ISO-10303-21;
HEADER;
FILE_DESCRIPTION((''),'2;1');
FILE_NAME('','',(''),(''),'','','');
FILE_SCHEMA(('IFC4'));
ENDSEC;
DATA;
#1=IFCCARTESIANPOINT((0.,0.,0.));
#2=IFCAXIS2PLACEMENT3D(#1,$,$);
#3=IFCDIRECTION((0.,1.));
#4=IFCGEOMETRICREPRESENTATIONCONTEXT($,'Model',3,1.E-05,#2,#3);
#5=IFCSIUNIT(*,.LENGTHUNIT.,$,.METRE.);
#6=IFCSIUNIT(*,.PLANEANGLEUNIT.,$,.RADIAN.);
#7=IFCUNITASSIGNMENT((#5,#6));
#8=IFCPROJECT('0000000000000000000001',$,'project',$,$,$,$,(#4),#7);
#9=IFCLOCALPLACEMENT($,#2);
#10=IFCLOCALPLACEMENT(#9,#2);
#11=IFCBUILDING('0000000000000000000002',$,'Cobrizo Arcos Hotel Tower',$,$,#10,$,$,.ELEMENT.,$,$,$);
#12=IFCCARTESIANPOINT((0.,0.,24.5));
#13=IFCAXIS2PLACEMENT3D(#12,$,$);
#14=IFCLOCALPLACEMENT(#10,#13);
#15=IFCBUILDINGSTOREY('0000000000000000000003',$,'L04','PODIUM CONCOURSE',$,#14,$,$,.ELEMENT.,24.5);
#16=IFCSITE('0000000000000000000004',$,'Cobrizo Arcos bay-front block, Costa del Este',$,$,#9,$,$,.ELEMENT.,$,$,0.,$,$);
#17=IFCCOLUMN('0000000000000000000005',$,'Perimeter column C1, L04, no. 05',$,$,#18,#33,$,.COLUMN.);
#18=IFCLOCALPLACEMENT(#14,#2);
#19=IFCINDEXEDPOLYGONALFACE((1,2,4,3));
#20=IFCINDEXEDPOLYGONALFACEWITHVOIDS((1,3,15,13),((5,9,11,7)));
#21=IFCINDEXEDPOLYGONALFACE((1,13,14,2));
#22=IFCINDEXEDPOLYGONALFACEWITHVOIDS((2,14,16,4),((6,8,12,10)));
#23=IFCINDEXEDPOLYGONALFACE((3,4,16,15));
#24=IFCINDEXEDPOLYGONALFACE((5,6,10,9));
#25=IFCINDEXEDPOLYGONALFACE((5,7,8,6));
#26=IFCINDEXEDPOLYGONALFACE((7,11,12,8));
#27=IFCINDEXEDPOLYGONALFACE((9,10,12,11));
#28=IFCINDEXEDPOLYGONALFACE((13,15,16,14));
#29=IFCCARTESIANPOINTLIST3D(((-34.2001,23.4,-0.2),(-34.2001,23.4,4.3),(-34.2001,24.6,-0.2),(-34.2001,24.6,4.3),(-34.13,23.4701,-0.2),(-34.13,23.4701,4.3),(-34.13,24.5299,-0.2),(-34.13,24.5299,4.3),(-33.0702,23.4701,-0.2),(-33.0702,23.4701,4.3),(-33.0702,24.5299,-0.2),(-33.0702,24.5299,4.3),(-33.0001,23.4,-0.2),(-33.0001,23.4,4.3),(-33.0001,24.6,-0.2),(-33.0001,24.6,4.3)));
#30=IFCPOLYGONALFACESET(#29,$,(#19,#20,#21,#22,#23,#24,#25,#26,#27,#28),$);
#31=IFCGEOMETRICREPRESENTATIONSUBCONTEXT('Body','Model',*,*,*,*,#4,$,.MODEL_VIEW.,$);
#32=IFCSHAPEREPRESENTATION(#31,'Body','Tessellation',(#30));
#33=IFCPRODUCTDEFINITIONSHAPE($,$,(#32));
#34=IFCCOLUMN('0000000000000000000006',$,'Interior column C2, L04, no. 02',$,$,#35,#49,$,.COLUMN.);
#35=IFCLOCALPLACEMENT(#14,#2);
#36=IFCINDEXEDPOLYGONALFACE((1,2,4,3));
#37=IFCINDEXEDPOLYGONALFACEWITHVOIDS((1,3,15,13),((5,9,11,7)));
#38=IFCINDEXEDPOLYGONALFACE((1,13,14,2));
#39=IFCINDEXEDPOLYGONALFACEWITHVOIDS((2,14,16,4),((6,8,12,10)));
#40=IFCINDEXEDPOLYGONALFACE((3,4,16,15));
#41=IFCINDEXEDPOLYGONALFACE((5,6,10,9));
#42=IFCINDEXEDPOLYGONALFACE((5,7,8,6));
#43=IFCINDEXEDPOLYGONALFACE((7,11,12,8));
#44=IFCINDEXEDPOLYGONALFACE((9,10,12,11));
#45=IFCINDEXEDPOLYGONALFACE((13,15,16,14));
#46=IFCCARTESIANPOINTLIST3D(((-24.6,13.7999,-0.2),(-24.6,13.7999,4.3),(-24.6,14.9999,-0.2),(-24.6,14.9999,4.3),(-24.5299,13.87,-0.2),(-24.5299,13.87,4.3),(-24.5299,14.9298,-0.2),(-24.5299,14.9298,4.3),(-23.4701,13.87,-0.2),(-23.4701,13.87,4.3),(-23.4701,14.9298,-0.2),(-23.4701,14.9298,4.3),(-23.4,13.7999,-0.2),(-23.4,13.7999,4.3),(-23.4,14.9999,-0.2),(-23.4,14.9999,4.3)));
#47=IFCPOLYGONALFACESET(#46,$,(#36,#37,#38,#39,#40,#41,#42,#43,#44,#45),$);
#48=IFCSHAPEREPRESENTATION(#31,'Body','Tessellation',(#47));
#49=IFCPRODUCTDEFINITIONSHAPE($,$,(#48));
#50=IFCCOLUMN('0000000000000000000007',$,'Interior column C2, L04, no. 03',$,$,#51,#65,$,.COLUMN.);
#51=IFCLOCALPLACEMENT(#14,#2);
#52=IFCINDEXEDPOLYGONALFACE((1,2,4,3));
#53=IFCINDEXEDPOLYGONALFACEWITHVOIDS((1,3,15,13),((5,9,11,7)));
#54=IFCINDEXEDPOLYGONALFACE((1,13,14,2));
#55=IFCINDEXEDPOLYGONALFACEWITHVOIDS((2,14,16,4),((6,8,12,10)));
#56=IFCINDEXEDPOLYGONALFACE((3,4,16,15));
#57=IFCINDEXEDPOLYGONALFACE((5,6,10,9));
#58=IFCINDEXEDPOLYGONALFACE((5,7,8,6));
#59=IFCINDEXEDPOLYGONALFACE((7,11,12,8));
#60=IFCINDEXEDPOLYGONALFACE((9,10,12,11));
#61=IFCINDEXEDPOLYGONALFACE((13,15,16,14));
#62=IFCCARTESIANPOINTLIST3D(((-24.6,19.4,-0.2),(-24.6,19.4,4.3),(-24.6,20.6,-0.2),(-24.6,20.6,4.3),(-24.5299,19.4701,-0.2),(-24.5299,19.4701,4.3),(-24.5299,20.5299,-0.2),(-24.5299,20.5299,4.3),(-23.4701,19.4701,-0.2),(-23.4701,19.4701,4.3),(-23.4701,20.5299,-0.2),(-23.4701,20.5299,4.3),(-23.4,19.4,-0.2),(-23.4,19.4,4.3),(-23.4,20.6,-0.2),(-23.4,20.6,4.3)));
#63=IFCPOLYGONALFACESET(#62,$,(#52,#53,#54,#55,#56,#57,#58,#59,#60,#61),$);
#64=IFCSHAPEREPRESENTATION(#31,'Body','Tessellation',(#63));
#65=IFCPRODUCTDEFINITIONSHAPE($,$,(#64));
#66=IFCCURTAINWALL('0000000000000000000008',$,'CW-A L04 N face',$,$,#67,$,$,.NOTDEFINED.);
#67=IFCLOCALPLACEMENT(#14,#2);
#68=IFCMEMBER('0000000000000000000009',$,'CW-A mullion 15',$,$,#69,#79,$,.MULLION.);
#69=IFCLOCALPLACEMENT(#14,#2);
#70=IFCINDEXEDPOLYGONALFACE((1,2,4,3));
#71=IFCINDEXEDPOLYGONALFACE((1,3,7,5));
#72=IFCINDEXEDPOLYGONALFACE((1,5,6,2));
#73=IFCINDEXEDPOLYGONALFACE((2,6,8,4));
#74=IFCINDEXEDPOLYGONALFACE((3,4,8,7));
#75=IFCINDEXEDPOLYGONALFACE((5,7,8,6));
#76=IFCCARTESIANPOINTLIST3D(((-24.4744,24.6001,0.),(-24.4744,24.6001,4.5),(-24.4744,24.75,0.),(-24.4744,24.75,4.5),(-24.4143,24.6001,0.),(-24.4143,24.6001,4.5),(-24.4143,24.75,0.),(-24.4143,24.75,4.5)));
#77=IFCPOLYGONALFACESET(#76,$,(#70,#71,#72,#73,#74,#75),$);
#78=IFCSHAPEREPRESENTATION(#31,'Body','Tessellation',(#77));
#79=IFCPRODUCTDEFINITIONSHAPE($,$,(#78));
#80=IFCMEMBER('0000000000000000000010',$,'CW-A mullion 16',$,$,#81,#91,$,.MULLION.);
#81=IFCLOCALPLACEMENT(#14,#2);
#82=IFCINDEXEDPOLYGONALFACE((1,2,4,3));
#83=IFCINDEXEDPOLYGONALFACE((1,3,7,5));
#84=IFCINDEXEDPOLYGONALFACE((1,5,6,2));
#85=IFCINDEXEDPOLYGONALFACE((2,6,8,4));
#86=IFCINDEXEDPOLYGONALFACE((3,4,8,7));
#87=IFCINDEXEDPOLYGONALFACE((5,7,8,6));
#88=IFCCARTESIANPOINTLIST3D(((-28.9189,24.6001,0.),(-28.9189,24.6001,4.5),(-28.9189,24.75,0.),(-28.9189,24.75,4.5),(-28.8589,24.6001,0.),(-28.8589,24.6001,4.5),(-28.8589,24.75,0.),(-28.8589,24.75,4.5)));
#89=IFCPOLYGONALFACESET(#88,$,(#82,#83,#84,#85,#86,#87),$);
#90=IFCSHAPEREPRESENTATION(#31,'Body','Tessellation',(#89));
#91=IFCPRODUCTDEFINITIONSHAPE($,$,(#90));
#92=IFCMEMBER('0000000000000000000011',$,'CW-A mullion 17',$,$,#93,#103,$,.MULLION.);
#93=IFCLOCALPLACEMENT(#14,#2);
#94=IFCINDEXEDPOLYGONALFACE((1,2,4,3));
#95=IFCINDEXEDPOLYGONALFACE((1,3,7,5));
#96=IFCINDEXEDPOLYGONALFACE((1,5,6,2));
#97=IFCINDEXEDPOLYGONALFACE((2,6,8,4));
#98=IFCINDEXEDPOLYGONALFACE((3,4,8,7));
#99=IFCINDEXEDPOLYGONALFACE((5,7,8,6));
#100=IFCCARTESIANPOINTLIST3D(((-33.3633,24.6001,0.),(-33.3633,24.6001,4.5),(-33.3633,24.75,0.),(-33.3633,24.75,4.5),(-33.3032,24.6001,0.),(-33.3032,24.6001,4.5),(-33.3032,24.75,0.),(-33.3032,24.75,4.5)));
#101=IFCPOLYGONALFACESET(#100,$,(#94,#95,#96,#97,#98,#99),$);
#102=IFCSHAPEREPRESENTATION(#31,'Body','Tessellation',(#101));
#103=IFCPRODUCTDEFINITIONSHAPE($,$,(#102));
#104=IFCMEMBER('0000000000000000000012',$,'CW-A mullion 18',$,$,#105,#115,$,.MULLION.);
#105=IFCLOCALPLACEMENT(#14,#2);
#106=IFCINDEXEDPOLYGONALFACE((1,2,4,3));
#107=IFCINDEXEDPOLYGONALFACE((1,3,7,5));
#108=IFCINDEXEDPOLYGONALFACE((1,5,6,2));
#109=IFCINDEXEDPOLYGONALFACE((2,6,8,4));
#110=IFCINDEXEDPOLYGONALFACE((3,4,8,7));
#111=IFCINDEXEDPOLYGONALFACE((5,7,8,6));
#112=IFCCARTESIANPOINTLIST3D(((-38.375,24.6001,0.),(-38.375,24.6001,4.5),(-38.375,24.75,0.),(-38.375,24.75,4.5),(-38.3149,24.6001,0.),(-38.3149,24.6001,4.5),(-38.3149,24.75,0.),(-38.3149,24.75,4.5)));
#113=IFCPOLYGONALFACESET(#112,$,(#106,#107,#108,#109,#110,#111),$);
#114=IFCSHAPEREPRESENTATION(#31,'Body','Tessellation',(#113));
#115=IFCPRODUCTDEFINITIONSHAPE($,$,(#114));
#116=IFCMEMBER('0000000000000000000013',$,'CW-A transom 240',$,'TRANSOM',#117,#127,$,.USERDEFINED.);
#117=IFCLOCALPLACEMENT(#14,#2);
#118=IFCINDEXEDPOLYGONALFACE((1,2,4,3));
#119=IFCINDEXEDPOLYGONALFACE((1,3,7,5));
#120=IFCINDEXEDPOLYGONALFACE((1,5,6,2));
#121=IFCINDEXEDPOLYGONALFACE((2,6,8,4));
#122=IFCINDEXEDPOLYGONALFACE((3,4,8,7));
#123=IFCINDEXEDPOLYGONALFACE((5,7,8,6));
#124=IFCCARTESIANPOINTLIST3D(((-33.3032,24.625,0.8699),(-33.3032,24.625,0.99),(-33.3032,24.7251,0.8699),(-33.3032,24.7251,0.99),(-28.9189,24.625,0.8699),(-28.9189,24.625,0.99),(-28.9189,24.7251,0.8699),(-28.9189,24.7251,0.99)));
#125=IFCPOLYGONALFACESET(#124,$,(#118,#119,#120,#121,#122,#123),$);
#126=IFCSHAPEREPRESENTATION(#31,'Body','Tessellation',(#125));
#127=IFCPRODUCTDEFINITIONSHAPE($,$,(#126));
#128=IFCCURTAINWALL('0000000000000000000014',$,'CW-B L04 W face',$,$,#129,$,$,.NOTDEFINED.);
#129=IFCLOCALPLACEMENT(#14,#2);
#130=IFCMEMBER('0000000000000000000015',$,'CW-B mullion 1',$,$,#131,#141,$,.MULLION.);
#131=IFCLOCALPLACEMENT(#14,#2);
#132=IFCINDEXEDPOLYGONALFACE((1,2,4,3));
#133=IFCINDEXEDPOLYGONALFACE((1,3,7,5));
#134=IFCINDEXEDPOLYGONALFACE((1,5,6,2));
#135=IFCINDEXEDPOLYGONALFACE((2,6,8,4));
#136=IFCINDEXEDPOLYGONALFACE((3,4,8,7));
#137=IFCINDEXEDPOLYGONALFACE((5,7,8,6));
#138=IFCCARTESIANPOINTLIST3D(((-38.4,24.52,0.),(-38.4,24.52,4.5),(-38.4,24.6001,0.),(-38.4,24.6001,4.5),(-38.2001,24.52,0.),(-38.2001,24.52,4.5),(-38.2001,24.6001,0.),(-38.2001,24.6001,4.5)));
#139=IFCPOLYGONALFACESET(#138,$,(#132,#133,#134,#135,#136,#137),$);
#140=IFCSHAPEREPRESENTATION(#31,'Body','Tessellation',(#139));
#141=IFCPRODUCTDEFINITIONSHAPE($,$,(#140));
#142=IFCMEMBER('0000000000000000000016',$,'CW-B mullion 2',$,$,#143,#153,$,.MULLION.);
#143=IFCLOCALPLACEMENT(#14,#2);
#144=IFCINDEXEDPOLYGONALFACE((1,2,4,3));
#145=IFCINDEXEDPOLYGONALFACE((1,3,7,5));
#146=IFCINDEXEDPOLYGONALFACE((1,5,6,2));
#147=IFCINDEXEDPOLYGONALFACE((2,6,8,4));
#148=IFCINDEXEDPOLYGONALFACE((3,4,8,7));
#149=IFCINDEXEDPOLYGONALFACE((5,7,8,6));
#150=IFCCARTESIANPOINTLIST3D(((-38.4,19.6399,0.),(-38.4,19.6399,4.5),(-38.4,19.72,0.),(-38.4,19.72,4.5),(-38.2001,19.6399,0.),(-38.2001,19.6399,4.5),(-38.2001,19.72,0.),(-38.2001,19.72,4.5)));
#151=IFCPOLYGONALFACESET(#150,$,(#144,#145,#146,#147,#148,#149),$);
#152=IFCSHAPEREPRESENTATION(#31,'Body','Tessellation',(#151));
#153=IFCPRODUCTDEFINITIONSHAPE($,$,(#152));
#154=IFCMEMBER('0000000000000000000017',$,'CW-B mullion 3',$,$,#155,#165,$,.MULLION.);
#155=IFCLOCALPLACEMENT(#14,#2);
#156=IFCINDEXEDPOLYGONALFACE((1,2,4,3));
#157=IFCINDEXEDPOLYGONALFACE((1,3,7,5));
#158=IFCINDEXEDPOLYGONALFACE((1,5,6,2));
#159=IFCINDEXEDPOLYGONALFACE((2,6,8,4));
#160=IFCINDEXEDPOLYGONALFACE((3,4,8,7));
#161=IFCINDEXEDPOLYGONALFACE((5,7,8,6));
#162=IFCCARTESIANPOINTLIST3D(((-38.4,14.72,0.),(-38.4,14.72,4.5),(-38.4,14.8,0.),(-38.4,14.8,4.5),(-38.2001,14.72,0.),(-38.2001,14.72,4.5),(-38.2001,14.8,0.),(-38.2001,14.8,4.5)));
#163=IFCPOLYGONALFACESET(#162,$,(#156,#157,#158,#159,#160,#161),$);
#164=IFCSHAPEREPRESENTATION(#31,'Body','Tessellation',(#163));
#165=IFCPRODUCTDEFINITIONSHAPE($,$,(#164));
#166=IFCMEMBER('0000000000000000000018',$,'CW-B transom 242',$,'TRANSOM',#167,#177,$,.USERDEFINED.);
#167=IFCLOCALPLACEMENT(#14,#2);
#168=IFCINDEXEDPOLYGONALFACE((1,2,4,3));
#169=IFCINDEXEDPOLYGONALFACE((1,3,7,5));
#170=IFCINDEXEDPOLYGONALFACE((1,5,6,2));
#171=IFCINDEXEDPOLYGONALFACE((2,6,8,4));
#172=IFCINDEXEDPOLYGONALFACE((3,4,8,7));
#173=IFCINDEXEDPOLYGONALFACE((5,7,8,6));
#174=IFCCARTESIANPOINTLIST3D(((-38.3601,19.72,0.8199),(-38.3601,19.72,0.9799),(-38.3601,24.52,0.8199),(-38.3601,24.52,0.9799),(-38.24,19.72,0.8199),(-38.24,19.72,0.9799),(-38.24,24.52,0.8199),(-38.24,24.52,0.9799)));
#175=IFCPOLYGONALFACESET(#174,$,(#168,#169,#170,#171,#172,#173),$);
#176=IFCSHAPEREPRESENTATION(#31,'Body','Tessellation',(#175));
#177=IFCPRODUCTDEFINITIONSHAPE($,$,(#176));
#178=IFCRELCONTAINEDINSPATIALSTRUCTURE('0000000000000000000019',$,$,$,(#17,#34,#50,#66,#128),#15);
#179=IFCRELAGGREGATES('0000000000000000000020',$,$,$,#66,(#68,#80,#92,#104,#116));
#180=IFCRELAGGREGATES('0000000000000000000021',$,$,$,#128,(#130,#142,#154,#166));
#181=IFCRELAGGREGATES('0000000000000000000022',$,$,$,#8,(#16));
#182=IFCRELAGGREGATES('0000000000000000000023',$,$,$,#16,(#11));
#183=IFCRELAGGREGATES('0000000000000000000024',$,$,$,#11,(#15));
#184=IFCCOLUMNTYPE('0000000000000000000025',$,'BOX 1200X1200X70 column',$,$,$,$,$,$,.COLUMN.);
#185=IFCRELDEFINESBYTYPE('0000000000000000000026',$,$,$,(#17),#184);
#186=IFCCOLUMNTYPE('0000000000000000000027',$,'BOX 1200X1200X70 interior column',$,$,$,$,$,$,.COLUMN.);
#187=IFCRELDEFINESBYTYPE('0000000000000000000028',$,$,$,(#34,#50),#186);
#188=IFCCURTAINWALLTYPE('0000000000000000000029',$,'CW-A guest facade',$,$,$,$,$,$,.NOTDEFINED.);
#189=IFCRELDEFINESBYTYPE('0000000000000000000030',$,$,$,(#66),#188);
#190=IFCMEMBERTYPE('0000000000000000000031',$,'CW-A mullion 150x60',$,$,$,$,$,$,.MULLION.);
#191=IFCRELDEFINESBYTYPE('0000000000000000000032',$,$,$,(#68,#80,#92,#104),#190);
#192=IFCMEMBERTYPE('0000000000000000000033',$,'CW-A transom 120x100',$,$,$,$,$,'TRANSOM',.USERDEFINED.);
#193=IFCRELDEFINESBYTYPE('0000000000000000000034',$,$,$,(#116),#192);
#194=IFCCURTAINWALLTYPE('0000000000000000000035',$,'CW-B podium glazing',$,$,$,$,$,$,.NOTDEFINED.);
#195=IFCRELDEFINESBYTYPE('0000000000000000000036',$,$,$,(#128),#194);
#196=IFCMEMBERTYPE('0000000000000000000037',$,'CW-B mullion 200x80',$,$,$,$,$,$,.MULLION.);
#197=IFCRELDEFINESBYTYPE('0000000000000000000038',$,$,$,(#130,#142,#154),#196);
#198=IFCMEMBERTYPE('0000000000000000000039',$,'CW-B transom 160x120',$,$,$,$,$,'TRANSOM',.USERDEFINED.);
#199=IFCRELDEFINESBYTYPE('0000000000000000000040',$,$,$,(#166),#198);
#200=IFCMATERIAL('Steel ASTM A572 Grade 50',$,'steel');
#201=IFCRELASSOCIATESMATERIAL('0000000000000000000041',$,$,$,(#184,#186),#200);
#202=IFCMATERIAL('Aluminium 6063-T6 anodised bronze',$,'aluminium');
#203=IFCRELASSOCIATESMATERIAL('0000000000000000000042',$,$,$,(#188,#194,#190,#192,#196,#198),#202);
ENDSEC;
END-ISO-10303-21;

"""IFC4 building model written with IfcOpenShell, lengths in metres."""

from ifc_helpers import new_model, si_unit, direction, frame, origin, origin_2d, place, context, subcontext, project, spatial, rectangle, hollow_rectangle, extrude, material, material_profile, profile_set, type_object, element, aggregate, save


model = new_model("IFC4")

# Units and contexts
model_context = context("Model", 3, precision=1e-05, world=origin(), true_north=direction((0.0, 1.0)))
body_context = subcontext(model_context, "Body", "Model", "MODEL_VIEW")
ifc_project = project(units=[si_unit("LENGTHUNIT", "METRE"), si_unit("PLANEANGLEUNIT", "RADIAN")], contexts=[model_context])

# Site, building, storey
site_placement = place(None, origin())
site = spatial("IfcSite", under=ifc_project, at=site_placement, Name="Cobrizo Arcos bay-front block, Costa del Este", CompositionType="ELEMENT", RefElevation=0.0)
building_placement = place(site_placement, origin())
building = spatial("IfcBuilding", under=site, at=building_placement, Name="Cobrizo Arcos Hotel Tower", CompositionType="ELEMENT")
storey_placement = place(building_placement, frame((0.0, 0.0, 24.5)))
storey = spatial("IfcBuildingStorey", under=building, at=storey_placement, Name="L04", Description="PODIUM CONCOURSE", CompositionType="ELEMENT", Elevation=24.5)

# Columns
ifc_material_1 = material(Name="Steel ASTM A572 Grade 50", Category="steel")
ifc_material_profile_1 = material_profile(ifc_material_1, hollow_rectangle(XDim=1.2, YDim=1.2, WallThickness=0.0701, at=origin_2d()), Name="BOX 1200X1200X70")
ifc_profile_set_1 = profile_set([ifc_material_profile_1], Name="Steel ASTM A572 Grade 50")
column_type_1 = type_object("IfcColumnType", Name="BOX 1200X1200X70 column", PredefinedType="COLUMN", material=ifc_profile_set_1)
column_placement = place(storey_placement, frame((-33.6001, 24.0, -0.2), z_axis=(0.0, 0.0, 1.0), x_axis=(1.0, 0.0, 0.0)))
element("IfcColumn", 1, at=column_placement, inside=storey, type_object=column_type_1, Name="Perimeter column C1, L04, no. 05", PredefinedType="COLUMN", context=body_context, shape_type="SweptSolid", body=[
    extrude(hollow_rectangle(XDim=1.2, YDim=1.2, WallThickness=0.0701, at=origin_2d()), origin(), (0.0, 0.0, 1.0), 4.5),
])
ifc_material_profile_2 = material_profile(ifc_material_1, hollow_rectangle(XDim=1.2, YDim=1.2, WallThickness=0.0701, at=origin_2d()), Name="BOX 1200X1200X70")
ifc_profile_set_2 = profile_set([ifc_material_profile_2], Name="Steel ASTM A572 Grade 50")
column_type_2 = type_object("IfcColumnType", Name="BOX 1200X1200X70 interior column", PredefinedType="COLUMN", material=ifc_profile_set_2)
for number, where, z_axis, x_axis, name in (
    (2, (-24.0, 14.3999, -0.2), (0.0, 0.0, 1.0), (1.0, 0.0, 0.0), "Interior column C2, L04, no. 02"),
    (3, (-24.0, 20.0, -0.2), (0.0, 0.0, 1.0), (1.0, 0.0, 0.0), "Interior column C2, L04, no. 03"),
):
    element("IfcColumn", number, at=place(storey_placement, frame(where, z_axis=z_axis, x_axis=x_axis)), inside=storey, type_object=column_type_2, Name=name, PredefinedType="COLUMN", context=body_context, shape_type="SweptSolid", body=[
        extrude(hollow_rectangle(XDim=1.2, YDim=1.2, WallThickness=0.0701, at=origin_2d()), origin(), (0.0, 0.0, 1.0), 4.5),
    ])

# Curtain walls, members
ifc_material_2 = material(Name="Aluminium 6063-T6 anodised bronze", Category="aluminium")
curtain_wall_type_1 = type_object("IfcCurtainWallType", Name="CW-A guest facade", PredefinedType="NOTDEFINED", material=ifc_material_2)
curtain_wall_1_placement = place(storey_placement, origin())
curtain_wall_1 = element("IfcCurtainWall", 4, at=curtain_wall_1_placement, inside=storey, type_object=curtain_wall_type_1, Name="CW-A L04 N face", PredefinedType="NOTDEFINED")
ifc_material_profile_3 = material_profile(ifc_material_2, rectangle(XDim=0.1499, YDim=0.0601, at=origin_2d()), Name="CW-A mullion 150x60")
ifc_profile_set_3 = profile_set([ifc_material_profile_3], Name="Aluminium 6063-T6 anodised bronze")
member_type_1 = type_object("IfcMemberType", Name="CW-A mullion 150x60", PredefinedType="MULLION", material=ifc_profile_set_3)
member_1_placement = place(storey_placement, frame((-24.4443, 24.675, 0.0), z_axis=(0.0, 0.0, 1.0), x_axis=(0.0, 1.0, 0.0)))
member_1 = element("IfcMember", 5, at=member_1_placement, type_object=member_type_1, Name="CW-A mullion 15", PredefinedType="MULLION", context=body_context, shape_type="SweptSolid", body=[
    extrude(rectangle(XDim=0.1499, YDim=0.0601, at=origin_2d()), origin(), (0.0, 0.0, 1.0), 4.5),
])
member_2_placement = place(storey_placement, frame((-28.8889, 24.675, 0.0), z_axis=(0.0, 0.0, 1.0), x_axis=(0.0, 1.0, 0.0)))
member_2 = element("IfcMember", 6, at=member_2_placement, type_object=member_type_1, Name="CW-A mullion 16", PredefinedType="MULLION", context=body_context, shape_type="SweptSolid", body=[
    extrude(rectangle(XDim=0.1499, YDim=0.0601, at=origin_2d()), origin(), (0.0, 0.0, 1.0), 4.5),
])
member_3_placement = place(storey_placement, frame((-33.3333, 24.675, 0.0), z_axis=(0.0, 0.0, 1.0), x_axis=(0.0, 1.0, 0.0)))
member_3 = element("IfcMember", 7, at=member_3_placement, type_object=member_type_1, Name="CW-A mullion 17", PredefinedType="MULLION", context=body_context, shape_type="SweptSolid", body=[
    extrude(rectangle(XDim=0.1499, YDim=0.0601, at=origin_2d()), origin(), (0.0, 0.0, 1.0), 4.5),
])
member_4_placement = place(storey_placement, frame((-38.345, 24.675, 0.0), z_axis=(0.0, 0.0, 1.0), x_axis=(0.0, 1.0, 0.0)))
member_4 = element("IfcMember", 8, at=member_4_placement, type_object=member_type_1, Name="CW-A mullion 18", PredefinedType="MULLION", context=body_context, shape_type="SweptSolid", body=[
    extrude(rectangle(XDim=0.1499, YDim=0.0601, at=origin_2d()), origin(), (0.0, 0.0, 1.0), 4.5),
])
ifc_material_profile_4 = material_profile(ifc_material_2, rectangle(XDim=0.1001, YDim=0.1201, at=origin_2d()), Name="CW-A transom 120x100")
ifc_profile_set_4 = profile_set([ifc_material_profile_4], Name="Aluminium 6063-T6 anodised bronze")
member_type_2 = type_object("IfcMemberType", Name="CW-A transom 120x100", ElementType="TRANSOM", PredefinedType="USERDEFINED", material=ifc_profile_set_4)
member_5_placement = place(storey_placement, frame((-28.9189, 24.675, 0.9299), z_axis=(-1.0, 0.0, 0.0), x_axis=(0.0, -1.0, 0.0)))
member_5 = element("IfcMember", 9, at=member_5_placement, type_object=member_type_2, Name="CW-A transom 240", ObjectType="TRANSOM", PredefinedType="USERDEFINED", context=body_context, shape_type="SweptSolid", body=[
    extrude(rectangle(XDim=0.1001, YDim=0.1201, at=origin_2d()), origin(), (0.0, 0.0, 1.0), 4.3843),
])
curtain_wall_type_2 = type_object("IfcCurtainWallType", Name="CW-B podium glazing", PredefinedType="NOTDEFINED", material=ifc_material_2)
curtain_wall_2_placement = place(storey_placement, origin())
curtain_wall_2 = element("IfcCurtainWall", 10, at=curtain_wall_2_placement, inside=storey, type_object=curtain_wall_type_2, Name="CW-B L04 W face", PredefinedType="NOTDEFINED")
ifc_material_profile_5 = material_profile(ifc_material_2, rectangle(XDim=0.2, YDim=0.0801, at=origin_2d()), Name="CW-B mullion 200x80")
ifc_profile_set_5 = profile_set([ifc_material_profile_5], Name="Aluminium 6063-T6 anodised bronze")
member_type_3 = type_object("IfcMemberType", Name="CW-B mullion 200x80", PredefinedType="MULLION", material=ifc_profile_set_5)
member_6_placement = place(storey_placement, frame((-38.3, 24.5601, 0.0), z_axis=(0.0, 0.0, 1.0), x_axis=(-1.0, 0.0, 0.0)))
member_6 = element("IfcMember", 11, at=member_6_placement, type_object=member_type_3, Name="CW-B mullion 1", PredefinedType="MULLION", context=body_context, shape_type="SweptSolid", body=[
    extrude(rectangle(XDim=0.2, YDim=0.0801, at=origin_2d()), origin(), (0.0, 0.0, 1.0), 4.5),
])
member_7_placement = place(storey_placement, frame((-38.3, 19.6799, 0.0), z_axis=(0.0, 0.0, 1.0), x_axis=(-1.0, 0.0, 0.0)))
member_7 = element("IfcMember", 12, at=member_7_placement, type_object=member_type_3, Name="CW-B mullion 2", PredefinedType="MULLION", context=body_context, shape_type="SweptSolid", body=[
    extrude(rectangle(XDim=0.2, YDim=0.0801, at=origin_2d()), origin(), (0.0, 0.0, 1.0), 4.5),
])
member_8_placement = place(storey_placement, frame((-38.3, 14.76, 0.0), z_axis=(0.0, 0.0, 1.0), x_axis=(-1.0, 0.0, 0.0)))
member_8 = element("IfcMember", 13, at=member_8_placement, type_object=member_type_3, Name="CW-B mullion 3", PredefinedType="MULLION", context=body_context, shape_type="SweptSolid", body=[
    extrude(rectangle(XDim=0.2, YDim=0.0801, at=origin_2d()), origin(), (0.0, 0.0, 1.0), 4.5),
])
ifc_material_profile_6 = material_profile(ifc_material_2, rectangle(XDim=0.1201, YDim=0.1599, at=origin_2d()), Name="CW-B transom 160x120")
ifc_profile_set_6 = profile_set([ifc_material_profile_6], Name="Aluminium 6063-T6 anodised bronze")
member_type_4 = type_object("IfcMemberType", Name="CW-B transom 160x120", ElementType="TRANSOM", PredefinedType="USERDEFINED", material=ifc_profile_set_6)
member_9_placement = place(storey_placement, frame((-38.3, 24.52, 0.8999), z_axis=(0.0, -1.0, 0.0), x_axis=(1.0, 0.0, 0.0)))
member_9 = element("IfcMember", 14, at=member_9_placement, type_object=member_type_4, Name="CW-B transom 242", ObjectType="TRANSOM", PredefinedType="USERDEFINED", context=body_context, shape_type="SweptSolid", body=[
    extrude(rectangle(XDim=0.1201, YDim=0.1599, at=origin_2d()), origin(), (0.0, 0.0, 1.0), 4.8),
])

aggregate(curtain_wall_1, [member_1, member_2, member_3, member_4, member_5])
aggregate(curtain_wall_2, [member_6, member_7, member_8, member_9])

save(model, "model.ifc")
